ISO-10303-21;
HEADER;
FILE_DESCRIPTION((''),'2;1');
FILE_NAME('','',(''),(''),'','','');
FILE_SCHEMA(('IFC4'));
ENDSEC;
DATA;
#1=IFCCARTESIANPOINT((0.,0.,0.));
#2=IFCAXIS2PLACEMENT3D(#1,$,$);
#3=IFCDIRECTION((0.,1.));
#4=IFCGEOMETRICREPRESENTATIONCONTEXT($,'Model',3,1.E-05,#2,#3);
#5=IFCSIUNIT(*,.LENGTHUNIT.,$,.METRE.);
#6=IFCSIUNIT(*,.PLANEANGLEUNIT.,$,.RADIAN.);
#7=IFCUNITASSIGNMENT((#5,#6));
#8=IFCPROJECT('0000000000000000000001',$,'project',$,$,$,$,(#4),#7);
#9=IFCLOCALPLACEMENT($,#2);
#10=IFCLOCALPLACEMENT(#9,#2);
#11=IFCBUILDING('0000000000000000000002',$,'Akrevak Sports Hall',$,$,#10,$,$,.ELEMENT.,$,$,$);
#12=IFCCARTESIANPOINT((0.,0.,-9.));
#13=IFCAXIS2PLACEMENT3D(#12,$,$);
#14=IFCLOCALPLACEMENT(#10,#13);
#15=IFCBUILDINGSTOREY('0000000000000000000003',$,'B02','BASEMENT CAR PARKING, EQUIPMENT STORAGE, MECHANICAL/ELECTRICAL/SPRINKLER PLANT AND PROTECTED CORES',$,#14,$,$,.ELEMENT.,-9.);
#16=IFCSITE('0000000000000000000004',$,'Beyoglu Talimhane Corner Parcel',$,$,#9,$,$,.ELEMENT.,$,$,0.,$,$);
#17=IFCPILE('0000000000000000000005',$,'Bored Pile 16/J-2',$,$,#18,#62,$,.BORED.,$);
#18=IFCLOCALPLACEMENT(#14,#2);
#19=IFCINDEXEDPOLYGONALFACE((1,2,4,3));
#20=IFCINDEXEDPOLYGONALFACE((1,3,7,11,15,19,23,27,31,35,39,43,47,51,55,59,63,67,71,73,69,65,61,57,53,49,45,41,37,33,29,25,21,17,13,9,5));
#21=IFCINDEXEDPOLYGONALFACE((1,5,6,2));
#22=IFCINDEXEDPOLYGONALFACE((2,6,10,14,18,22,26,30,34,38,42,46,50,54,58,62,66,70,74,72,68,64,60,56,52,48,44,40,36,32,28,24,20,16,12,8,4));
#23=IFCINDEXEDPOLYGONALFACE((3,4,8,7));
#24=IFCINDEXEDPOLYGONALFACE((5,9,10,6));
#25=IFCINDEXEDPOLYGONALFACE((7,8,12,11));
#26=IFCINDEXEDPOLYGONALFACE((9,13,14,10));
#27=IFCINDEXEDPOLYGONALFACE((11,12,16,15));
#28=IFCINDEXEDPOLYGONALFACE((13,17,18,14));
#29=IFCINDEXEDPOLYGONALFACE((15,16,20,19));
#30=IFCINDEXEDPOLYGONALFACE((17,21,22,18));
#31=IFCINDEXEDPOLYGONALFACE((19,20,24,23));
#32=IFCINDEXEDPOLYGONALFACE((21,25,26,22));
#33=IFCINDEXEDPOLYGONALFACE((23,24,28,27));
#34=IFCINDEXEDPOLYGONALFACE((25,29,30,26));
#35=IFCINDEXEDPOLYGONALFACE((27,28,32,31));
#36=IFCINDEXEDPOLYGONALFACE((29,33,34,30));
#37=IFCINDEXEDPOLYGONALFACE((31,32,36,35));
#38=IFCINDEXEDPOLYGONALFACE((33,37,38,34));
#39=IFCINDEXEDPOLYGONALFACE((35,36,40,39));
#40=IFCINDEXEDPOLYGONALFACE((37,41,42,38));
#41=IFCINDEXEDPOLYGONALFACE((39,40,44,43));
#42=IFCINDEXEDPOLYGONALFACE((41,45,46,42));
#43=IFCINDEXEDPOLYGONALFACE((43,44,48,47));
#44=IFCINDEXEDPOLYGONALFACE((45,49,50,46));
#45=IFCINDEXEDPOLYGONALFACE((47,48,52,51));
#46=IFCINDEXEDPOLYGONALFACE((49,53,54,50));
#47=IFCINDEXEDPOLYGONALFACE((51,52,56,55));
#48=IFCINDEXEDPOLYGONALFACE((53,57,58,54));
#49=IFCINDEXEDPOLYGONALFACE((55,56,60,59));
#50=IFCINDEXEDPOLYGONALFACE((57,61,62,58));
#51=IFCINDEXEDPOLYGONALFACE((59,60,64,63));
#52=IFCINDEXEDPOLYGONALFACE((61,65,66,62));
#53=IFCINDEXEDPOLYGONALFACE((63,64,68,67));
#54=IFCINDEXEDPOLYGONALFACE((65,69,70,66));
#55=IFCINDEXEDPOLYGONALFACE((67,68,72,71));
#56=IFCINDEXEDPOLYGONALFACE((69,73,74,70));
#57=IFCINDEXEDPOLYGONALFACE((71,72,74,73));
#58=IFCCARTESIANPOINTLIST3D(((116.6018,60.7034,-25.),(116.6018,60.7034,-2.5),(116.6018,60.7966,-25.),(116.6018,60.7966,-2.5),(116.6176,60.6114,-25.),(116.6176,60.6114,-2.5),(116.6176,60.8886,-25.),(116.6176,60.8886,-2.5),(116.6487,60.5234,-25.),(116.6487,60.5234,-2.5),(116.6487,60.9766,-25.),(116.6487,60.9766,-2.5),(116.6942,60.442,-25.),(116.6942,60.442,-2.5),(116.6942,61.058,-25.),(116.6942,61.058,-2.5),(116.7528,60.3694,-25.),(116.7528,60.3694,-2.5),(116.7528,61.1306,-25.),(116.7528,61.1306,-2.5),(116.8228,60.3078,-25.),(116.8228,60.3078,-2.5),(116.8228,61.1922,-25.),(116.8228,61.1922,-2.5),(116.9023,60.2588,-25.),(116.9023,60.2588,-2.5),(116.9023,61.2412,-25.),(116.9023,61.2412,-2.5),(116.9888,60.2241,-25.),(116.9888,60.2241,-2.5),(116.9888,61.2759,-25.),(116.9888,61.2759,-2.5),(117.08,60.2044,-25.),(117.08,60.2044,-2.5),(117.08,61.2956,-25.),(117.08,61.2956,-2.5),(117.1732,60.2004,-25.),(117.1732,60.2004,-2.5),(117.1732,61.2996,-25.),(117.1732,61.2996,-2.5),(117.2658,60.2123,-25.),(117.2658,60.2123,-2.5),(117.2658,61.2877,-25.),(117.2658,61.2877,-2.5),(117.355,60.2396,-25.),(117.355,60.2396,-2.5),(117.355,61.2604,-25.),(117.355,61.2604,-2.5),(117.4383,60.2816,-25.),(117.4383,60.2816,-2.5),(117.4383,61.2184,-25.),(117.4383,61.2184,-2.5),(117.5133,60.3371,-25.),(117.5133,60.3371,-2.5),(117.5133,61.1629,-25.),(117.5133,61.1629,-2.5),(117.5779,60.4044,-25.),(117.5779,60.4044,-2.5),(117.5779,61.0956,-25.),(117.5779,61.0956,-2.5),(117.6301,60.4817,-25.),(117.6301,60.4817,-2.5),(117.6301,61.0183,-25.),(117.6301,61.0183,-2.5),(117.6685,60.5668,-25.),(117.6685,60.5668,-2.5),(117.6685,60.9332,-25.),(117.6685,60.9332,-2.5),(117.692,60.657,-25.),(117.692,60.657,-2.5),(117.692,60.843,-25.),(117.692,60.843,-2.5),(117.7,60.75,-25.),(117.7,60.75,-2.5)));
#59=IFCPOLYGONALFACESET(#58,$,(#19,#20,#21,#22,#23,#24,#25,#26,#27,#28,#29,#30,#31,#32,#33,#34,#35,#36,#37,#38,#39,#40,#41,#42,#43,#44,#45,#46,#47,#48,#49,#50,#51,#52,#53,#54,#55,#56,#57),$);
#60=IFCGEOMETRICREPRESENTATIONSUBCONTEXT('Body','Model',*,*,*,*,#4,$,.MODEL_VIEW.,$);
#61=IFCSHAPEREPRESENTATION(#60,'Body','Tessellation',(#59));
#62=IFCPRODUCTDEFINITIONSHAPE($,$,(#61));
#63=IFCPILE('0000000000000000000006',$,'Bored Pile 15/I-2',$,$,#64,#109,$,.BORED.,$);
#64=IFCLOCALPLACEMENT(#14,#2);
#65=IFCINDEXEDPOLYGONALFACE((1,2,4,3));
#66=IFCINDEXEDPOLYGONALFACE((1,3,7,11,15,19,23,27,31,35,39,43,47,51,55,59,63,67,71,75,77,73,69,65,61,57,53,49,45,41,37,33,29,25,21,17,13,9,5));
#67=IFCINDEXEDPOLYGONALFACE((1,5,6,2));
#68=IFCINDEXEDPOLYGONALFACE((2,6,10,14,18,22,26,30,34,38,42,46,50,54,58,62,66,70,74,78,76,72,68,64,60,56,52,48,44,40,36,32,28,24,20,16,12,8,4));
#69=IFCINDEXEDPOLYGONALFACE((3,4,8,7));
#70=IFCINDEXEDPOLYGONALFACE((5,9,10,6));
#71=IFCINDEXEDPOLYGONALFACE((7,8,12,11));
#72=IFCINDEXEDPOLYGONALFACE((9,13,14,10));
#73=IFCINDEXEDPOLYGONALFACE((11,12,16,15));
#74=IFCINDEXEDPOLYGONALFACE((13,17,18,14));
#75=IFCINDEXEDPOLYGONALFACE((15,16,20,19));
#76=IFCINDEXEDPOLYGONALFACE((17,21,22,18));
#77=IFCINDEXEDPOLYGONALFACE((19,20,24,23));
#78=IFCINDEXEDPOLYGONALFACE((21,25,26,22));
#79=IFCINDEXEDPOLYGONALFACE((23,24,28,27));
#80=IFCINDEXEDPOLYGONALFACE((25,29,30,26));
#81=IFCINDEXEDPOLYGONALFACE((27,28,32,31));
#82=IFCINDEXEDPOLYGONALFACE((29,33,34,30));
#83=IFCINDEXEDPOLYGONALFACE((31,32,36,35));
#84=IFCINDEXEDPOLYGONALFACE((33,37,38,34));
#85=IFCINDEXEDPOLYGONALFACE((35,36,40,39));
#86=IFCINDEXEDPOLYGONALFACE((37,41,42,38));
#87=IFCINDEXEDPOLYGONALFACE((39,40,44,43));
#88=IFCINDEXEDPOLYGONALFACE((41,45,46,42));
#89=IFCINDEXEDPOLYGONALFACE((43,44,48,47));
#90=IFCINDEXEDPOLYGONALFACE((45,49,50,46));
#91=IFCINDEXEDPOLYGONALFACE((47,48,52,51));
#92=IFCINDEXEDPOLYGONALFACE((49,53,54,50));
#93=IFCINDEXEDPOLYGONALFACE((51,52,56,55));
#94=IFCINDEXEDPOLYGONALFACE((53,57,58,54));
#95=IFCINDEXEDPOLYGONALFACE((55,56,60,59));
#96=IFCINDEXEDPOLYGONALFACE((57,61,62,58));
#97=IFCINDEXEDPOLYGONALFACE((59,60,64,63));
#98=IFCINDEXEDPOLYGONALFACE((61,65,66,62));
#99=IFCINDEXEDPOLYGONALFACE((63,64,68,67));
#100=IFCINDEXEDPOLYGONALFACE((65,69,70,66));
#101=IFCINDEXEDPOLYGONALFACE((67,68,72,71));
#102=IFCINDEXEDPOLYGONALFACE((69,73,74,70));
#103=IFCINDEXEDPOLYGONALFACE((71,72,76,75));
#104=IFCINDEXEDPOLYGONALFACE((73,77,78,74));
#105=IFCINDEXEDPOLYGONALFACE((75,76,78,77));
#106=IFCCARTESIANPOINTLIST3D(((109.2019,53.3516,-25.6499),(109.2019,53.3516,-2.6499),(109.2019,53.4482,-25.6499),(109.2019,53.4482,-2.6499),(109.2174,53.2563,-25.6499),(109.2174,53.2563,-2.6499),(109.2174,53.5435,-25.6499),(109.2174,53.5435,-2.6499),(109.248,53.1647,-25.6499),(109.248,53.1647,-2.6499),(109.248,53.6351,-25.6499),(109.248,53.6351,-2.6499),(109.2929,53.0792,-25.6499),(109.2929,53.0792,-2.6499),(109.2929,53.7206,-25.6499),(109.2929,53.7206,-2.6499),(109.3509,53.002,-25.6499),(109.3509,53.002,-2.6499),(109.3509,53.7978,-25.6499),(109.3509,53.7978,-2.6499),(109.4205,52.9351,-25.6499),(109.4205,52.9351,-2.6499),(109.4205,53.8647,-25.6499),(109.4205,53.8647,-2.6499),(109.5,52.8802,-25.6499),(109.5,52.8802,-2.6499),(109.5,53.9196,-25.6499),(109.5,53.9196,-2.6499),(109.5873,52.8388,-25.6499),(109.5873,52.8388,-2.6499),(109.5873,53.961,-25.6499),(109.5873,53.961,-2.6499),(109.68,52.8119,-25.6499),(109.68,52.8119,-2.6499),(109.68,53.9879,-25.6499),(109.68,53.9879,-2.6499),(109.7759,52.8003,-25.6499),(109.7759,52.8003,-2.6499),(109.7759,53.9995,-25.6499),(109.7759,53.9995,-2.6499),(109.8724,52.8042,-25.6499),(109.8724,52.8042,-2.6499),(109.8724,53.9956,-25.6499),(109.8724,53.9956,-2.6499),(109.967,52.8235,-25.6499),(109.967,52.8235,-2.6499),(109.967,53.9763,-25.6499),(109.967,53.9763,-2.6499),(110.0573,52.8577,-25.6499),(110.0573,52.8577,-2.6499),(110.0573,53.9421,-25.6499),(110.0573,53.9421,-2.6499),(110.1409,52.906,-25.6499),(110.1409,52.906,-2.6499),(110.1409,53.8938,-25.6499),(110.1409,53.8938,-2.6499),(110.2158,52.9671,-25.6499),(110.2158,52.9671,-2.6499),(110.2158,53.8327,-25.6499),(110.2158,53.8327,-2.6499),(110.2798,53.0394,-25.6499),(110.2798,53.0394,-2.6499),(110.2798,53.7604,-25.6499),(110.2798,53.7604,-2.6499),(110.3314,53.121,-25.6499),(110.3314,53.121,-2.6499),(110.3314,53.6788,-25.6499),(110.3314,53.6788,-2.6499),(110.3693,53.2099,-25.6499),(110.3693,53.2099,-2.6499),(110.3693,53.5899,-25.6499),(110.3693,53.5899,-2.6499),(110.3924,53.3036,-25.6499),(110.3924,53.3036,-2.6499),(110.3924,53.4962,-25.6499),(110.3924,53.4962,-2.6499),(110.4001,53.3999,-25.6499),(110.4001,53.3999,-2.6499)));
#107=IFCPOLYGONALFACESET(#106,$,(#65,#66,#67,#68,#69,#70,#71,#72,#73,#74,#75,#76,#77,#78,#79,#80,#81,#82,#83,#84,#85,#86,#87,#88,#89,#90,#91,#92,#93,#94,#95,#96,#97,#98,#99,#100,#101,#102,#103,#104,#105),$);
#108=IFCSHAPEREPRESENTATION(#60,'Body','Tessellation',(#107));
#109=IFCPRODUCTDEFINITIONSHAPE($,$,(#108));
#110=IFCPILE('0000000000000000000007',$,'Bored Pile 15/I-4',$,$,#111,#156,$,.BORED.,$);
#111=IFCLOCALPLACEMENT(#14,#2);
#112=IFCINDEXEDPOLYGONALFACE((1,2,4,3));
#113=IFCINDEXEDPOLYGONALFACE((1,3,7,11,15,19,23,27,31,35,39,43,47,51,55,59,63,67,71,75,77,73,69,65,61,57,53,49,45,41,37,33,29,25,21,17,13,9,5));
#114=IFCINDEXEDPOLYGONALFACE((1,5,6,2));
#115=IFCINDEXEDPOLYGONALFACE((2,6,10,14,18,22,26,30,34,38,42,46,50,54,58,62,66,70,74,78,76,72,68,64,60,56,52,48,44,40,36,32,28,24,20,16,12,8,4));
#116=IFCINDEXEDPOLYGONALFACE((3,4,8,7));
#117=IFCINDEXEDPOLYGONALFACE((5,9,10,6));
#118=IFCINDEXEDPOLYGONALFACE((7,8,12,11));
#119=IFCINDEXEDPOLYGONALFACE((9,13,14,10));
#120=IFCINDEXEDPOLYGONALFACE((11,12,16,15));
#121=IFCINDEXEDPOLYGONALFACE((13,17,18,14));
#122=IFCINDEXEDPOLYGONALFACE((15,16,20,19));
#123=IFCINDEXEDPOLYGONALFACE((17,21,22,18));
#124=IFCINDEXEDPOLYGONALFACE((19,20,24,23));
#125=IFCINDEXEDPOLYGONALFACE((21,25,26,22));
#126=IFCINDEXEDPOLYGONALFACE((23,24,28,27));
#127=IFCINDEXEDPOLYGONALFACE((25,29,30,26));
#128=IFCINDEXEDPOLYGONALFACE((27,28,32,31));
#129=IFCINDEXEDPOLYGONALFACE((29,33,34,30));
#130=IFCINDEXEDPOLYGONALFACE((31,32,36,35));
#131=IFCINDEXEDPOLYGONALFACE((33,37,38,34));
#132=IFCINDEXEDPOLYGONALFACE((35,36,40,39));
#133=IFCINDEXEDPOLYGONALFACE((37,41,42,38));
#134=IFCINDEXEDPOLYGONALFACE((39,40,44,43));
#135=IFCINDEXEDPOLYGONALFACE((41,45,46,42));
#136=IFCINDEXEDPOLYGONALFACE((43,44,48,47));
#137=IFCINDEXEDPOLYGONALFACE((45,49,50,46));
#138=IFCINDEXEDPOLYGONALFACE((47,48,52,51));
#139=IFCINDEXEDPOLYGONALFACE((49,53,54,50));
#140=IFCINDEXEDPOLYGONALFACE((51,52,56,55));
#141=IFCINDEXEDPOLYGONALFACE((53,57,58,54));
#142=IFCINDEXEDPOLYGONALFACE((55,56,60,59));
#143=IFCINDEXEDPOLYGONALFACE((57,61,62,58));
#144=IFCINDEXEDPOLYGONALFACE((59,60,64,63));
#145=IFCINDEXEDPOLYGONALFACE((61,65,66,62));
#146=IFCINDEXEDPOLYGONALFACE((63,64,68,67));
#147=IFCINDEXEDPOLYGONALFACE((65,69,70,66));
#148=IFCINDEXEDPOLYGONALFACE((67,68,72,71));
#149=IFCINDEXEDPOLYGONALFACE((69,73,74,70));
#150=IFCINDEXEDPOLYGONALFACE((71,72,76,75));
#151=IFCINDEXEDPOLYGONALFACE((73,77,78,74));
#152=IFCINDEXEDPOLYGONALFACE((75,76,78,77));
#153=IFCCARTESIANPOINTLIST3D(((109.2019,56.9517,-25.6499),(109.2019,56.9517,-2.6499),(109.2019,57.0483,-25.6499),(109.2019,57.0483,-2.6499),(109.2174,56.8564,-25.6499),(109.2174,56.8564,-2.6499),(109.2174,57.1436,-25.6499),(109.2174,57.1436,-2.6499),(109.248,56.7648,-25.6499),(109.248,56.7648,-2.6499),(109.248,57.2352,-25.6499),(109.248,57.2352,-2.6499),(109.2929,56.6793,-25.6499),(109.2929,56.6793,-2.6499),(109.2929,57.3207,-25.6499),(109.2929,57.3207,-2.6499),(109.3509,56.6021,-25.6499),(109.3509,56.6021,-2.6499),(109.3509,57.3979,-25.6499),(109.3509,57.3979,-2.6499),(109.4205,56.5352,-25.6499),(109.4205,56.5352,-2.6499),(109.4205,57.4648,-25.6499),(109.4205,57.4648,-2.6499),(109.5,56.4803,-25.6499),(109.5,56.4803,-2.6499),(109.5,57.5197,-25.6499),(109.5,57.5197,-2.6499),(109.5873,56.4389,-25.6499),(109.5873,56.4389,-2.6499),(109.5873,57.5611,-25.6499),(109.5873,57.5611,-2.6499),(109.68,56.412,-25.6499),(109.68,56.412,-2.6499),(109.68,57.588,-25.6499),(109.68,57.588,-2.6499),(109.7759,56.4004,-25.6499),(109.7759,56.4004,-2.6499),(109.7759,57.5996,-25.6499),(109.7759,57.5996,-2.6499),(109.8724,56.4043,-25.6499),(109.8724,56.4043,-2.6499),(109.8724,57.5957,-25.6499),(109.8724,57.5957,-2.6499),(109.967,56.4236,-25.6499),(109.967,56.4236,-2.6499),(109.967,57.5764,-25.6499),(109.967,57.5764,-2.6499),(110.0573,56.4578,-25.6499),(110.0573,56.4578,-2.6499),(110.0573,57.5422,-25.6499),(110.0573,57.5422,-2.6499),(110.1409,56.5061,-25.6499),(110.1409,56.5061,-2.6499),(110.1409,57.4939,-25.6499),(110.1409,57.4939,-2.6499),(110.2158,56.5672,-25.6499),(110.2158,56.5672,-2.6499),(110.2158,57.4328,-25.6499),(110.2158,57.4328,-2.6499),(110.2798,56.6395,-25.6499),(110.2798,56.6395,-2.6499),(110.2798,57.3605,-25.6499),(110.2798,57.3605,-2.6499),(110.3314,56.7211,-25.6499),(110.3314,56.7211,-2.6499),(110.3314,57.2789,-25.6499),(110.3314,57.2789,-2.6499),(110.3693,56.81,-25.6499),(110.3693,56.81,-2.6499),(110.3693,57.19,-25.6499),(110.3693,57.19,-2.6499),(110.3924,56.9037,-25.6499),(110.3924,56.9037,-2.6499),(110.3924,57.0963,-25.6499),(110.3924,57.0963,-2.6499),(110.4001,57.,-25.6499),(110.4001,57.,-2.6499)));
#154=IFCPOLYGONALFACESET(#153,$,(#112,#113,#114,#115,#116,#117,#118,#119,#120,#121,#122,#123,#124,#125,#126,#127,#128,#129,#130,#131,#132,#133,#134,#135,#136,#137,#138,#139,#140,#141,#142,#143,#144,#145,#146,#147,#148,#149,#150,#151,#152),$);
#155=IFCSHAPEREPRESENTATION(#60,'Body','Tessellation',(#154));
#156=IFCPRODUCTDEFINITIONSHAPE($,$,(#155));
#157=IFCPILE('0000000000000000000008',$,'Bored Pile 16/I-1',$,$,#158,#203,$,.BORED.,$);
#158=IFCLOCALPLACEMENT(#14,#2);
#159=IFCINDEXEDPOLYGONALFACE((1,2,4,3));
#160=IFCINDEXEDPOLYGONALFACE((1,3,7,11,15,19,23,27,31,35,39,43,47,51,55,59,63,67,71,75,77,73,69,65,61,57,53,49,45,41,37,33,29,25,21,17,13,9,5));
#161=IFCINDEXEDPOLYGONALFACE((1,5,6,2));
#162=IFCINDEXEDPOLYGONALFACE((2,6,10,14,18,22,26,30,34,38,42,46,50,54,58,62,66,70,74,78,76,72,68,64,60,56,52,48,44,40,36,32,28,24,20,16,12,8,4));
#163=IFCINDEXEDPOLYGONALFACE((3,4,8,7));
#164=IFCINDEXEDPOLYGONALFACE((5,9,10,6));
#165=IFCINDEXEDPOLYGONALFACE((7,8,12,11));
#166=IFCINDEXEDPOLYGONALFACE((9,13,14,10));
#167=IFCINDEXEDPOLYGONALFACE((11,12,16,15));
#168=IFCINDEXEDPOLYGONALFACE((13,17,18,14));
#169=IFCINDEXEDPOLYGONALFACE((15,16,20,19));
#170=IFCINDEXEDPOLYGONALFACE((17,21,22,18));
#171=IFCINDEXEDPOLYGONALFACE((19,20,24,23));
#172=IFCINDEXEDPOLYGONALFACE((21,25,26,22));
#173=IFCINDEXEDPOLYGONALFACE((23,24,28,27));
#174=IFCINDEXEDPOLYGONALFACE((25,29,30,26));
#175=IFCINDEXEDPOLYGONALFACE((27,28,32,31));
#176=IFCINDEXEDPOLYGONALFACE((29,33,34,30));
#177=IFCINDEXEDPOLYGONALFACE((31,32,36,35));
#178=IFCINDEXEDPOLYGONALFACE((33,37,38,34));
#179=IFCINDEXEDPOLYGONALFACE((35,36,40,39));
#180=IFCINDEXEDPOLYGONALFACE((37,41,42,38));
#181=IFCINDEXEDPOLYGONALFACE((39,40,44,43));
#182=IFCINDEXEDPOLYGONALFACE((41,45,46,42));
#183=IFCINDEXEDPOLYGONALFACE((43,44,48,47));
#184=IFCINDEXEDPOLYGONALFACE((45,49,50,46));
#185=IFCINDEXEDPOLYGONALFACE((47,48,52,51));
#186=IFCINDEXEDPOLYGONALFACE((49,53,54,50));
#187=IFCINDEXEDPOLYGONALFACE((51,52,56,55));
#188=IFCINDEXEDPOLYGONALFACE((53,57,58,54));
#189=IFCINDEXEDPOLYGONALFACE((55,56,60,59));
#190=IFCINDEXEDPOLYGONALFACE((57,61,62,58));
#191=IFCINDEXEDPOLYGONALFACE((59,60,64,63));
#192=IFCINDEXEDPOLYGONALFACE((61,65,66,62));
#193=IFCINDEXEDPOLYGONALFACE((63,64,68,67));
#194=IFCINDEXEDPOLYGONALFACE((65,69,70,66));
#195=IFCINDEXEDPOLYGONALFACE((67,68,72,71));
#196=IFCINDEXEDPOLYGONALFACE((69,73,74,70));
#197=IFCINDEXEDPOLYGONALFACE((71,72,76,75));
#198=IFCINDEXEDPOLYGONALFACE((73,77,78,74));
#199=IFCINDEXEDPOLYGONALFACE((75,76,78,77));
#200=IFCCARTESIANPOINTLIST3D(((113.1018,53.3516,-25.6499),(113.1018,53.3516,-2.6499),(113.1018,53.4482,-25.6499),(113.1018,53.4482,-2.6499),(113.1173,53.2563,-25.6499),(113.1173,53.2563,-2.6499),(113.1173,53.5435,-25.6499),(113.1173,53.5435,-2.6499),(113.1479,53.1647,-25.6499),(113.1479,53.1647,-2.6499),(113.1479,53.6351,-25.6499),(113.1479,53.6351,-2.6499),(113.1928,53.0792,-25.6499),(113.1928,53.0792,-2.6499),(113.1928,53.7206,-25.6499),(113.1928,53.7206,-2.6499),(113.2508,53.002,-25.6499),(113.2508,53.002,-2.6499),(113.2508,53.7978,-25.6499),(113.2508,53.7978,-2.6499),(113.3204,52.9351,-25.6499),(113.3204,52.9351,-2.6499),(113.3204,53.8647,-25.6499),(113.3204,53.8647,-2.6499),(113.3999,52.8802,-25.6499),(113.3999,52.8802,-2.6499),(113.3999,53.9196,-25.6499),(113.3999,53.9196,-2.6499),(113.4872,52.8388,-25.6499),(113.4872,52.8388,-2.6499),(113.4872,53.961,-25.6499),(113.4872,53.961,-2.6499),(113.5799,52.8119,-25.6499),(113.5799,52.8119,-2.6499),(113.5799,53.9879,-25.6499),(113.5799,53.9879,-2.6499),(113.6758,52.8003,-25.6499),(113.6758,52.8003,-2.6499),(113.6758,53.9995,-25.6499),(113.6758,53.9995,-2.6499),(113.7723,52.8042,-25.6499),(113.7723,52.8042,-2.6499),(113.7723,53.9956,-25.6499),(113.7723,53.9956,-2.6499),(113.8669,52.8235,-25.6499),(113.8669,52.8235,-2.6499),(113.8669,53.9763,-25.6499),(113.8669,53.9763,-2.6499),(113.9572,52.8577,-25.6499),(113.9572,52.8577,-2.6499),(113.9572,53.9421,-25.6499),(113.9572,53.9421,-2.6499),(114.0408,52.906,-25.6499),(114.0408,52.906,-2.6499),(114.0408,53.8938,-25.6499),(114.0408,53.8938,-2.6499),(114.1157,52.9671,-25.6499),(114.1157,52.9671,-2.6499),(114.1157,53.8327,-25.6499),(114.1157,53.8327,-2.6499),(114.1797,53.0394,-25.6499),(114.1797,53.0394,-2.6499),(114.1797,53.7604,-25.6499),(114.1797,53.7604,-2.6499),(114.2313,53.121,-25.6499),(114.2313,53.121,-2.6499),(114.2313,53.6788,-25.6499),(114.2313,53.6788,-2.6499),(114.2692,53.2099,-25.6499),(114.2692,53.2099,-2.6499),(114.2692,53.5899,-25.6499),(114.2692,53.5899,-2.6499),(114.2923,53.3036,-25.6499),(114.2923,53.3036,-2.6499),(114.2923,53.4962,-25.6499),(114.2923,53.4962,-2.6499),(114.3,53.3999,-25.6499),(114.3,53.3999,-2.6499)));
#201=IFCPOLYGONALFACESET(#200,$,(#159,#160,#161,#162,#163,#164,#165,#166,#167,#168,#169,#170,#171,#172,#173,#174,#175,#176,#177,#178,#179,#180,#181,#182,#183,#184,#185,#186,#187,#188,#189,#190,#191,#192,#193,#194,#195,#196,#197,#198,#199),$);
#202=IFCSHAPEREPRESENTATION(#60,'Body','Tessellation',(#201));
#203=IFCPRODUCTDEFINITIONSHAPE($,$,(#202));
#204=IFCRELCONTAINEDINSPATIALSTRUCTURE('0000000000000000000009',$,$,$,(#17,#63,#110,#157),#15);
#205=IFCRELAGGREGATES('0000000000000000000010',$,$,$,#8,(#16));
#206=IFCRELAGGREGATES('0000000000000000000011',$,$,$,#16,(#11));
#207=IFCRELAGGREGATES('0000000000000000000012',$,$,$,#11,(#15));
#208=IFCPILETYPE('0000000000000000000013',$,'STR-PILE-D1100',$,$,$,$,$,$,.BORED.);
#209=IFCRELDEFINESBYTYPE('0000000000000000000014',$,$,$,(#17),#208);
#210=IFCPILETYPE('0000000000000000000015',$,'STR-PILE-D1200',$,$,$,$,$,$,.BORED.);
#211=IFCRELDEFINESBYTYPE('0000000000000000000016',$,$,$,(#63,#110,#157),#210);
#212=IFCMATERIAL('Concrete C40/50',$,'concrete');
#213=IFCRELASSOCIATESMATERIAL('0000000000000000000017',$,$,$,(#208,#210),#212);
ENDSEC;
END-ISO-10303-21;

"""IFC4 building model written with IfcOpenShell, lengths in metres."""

from ifc_helpers import new_model, si_unit, direction, frame, origin, origin_2d, place, context, subcontext, project, spatial, circle, extrude, material, material_profile, profile_set, type_object, element, save


model = new_model("IFC4")

# Units and contexts
model_context = context("Model", 3, precision=1e-05, world=origin(), true_north=direction((0.0, 1.0)))
body_context = subcontext(model_context, "Body", "Model", "MODEL_VIEW")
ifc_project = project(units=[si_unit("LENGTHUNIT", "METRE"), si_unit("PLANEANGLEUNIT", "RADIAN")], contexts=[model_context])

# Site, building, storey
site_placement = place(None, origin())
site = spatial("IfcSite", under=ifc_project, at=site_placement, Name="Beyoglu Talimhane Corner Parcel", CompositionType="ELEMENT", RefElevation=0.0)
building_placement = place(site_placement, origin())
building = spatial("IfcBuilding", under=site, at=building_placement, Name="Akrevak Sports Hall", CompositionType="ELEMENT")
storey_placement = place(building_placement, frame((0.0, 0.0, -9.0)))
storey = spatial("IfcBuildingStorey", under=building, at=storey_placement, Name="B02", Description="BASEMENT CAR PARKING, EQUIPMENT STORAGE, MECHANICAL/ELECTRICAL/SPRINKLER PLANT AND PROTECTED CORES", CompositionType="ELEMENT", Elevation=-9.0)

# Shared definitions
ifc_material_1 = material(Name="Concrete C40/50", Category="concrete")

# Piles
ifc_material_profile_1 = material_profile(ifc_material_1, circle(Radius=0.55, at=origin_2d()), Name="BORED PILE D1100", Category="concrete")
ifc_profile_set_1 = profile_set([ifc_material_profile_1], Name="Concrete C40/50")
pile_type_1 = type_object("IfcPileType", Name="STR-PILE-D1100", PredefinedType="BORED", material=ifc_profile_set_1)
for number, where, z_axis, x_axis, name in (
    (1, (117.1499, 60.75, -2.5), (0.0, 0.0, -1.0), (1.0, 0.0, 0.0), "Bored Pile 16/J-2"),
):
    element("IfcPile", number, at=place(storey_placement, frame(where, z_axis=z_axis, x_axis=x_axis)), inside=storey, type_object=pile_type_1, Name=name, PredefinedType="BORED", context=body_context, shape_type="SweptSolid", body=[
        extrude(circle(Radius=0.55, at=origin_2d()), origin(), (0.0, 0.0, 1.0), 22.5),
    ])
ifc_material_profile_2 = material_profile(ifc_material_1, circle(Radius=0.6001, at=origin_2d()), Name="BORED PILE D1200", Category="concrete")
ifc_profile_set_2 = profile_set([ifc_material_profile_2], Name="Concrete C40/50")
pile_type_2 = type_object("IfcPileType", Name="STR-PILE-D1200", PredefinedType="BORED", material=ifc_profile_set_2)
for number, where, z_axis, x_axis, name in (
    (2, (109.8, 53.3999, -2.6499), (0.0, 0.0, -1.0), (1.0, 0.0, 0.0), "Bored Pile 15/I-2"),
    (3, (109.8, 57.0, -2.6499), (0.0, 0.0, -1.0), (1.0, 0.0, 0.0), "Bored Pile 15/I-4"),
    (4, (113.7, 53.3999, -2.6499), (0.0, 0.0, -1.0), (1.0, 0.0, 0.0), "Bored Pile 16/I-1"),
):
    element("IfcPile", number, at=place(storey_placement, frame(where, z_axis=z_axis, x_axis=x_axis)), inside=storey, type_object=pile_type_2, Name=name, PredefinedType="BORED", context=body_context, shape_type="SweptSolid", body=[
        extrude(circle(Radius=0.6001, at=origin_2d()), origin(), (0.0, 0.0, 1.0), 23.0),
    ])

save(model, "model.ifc")
